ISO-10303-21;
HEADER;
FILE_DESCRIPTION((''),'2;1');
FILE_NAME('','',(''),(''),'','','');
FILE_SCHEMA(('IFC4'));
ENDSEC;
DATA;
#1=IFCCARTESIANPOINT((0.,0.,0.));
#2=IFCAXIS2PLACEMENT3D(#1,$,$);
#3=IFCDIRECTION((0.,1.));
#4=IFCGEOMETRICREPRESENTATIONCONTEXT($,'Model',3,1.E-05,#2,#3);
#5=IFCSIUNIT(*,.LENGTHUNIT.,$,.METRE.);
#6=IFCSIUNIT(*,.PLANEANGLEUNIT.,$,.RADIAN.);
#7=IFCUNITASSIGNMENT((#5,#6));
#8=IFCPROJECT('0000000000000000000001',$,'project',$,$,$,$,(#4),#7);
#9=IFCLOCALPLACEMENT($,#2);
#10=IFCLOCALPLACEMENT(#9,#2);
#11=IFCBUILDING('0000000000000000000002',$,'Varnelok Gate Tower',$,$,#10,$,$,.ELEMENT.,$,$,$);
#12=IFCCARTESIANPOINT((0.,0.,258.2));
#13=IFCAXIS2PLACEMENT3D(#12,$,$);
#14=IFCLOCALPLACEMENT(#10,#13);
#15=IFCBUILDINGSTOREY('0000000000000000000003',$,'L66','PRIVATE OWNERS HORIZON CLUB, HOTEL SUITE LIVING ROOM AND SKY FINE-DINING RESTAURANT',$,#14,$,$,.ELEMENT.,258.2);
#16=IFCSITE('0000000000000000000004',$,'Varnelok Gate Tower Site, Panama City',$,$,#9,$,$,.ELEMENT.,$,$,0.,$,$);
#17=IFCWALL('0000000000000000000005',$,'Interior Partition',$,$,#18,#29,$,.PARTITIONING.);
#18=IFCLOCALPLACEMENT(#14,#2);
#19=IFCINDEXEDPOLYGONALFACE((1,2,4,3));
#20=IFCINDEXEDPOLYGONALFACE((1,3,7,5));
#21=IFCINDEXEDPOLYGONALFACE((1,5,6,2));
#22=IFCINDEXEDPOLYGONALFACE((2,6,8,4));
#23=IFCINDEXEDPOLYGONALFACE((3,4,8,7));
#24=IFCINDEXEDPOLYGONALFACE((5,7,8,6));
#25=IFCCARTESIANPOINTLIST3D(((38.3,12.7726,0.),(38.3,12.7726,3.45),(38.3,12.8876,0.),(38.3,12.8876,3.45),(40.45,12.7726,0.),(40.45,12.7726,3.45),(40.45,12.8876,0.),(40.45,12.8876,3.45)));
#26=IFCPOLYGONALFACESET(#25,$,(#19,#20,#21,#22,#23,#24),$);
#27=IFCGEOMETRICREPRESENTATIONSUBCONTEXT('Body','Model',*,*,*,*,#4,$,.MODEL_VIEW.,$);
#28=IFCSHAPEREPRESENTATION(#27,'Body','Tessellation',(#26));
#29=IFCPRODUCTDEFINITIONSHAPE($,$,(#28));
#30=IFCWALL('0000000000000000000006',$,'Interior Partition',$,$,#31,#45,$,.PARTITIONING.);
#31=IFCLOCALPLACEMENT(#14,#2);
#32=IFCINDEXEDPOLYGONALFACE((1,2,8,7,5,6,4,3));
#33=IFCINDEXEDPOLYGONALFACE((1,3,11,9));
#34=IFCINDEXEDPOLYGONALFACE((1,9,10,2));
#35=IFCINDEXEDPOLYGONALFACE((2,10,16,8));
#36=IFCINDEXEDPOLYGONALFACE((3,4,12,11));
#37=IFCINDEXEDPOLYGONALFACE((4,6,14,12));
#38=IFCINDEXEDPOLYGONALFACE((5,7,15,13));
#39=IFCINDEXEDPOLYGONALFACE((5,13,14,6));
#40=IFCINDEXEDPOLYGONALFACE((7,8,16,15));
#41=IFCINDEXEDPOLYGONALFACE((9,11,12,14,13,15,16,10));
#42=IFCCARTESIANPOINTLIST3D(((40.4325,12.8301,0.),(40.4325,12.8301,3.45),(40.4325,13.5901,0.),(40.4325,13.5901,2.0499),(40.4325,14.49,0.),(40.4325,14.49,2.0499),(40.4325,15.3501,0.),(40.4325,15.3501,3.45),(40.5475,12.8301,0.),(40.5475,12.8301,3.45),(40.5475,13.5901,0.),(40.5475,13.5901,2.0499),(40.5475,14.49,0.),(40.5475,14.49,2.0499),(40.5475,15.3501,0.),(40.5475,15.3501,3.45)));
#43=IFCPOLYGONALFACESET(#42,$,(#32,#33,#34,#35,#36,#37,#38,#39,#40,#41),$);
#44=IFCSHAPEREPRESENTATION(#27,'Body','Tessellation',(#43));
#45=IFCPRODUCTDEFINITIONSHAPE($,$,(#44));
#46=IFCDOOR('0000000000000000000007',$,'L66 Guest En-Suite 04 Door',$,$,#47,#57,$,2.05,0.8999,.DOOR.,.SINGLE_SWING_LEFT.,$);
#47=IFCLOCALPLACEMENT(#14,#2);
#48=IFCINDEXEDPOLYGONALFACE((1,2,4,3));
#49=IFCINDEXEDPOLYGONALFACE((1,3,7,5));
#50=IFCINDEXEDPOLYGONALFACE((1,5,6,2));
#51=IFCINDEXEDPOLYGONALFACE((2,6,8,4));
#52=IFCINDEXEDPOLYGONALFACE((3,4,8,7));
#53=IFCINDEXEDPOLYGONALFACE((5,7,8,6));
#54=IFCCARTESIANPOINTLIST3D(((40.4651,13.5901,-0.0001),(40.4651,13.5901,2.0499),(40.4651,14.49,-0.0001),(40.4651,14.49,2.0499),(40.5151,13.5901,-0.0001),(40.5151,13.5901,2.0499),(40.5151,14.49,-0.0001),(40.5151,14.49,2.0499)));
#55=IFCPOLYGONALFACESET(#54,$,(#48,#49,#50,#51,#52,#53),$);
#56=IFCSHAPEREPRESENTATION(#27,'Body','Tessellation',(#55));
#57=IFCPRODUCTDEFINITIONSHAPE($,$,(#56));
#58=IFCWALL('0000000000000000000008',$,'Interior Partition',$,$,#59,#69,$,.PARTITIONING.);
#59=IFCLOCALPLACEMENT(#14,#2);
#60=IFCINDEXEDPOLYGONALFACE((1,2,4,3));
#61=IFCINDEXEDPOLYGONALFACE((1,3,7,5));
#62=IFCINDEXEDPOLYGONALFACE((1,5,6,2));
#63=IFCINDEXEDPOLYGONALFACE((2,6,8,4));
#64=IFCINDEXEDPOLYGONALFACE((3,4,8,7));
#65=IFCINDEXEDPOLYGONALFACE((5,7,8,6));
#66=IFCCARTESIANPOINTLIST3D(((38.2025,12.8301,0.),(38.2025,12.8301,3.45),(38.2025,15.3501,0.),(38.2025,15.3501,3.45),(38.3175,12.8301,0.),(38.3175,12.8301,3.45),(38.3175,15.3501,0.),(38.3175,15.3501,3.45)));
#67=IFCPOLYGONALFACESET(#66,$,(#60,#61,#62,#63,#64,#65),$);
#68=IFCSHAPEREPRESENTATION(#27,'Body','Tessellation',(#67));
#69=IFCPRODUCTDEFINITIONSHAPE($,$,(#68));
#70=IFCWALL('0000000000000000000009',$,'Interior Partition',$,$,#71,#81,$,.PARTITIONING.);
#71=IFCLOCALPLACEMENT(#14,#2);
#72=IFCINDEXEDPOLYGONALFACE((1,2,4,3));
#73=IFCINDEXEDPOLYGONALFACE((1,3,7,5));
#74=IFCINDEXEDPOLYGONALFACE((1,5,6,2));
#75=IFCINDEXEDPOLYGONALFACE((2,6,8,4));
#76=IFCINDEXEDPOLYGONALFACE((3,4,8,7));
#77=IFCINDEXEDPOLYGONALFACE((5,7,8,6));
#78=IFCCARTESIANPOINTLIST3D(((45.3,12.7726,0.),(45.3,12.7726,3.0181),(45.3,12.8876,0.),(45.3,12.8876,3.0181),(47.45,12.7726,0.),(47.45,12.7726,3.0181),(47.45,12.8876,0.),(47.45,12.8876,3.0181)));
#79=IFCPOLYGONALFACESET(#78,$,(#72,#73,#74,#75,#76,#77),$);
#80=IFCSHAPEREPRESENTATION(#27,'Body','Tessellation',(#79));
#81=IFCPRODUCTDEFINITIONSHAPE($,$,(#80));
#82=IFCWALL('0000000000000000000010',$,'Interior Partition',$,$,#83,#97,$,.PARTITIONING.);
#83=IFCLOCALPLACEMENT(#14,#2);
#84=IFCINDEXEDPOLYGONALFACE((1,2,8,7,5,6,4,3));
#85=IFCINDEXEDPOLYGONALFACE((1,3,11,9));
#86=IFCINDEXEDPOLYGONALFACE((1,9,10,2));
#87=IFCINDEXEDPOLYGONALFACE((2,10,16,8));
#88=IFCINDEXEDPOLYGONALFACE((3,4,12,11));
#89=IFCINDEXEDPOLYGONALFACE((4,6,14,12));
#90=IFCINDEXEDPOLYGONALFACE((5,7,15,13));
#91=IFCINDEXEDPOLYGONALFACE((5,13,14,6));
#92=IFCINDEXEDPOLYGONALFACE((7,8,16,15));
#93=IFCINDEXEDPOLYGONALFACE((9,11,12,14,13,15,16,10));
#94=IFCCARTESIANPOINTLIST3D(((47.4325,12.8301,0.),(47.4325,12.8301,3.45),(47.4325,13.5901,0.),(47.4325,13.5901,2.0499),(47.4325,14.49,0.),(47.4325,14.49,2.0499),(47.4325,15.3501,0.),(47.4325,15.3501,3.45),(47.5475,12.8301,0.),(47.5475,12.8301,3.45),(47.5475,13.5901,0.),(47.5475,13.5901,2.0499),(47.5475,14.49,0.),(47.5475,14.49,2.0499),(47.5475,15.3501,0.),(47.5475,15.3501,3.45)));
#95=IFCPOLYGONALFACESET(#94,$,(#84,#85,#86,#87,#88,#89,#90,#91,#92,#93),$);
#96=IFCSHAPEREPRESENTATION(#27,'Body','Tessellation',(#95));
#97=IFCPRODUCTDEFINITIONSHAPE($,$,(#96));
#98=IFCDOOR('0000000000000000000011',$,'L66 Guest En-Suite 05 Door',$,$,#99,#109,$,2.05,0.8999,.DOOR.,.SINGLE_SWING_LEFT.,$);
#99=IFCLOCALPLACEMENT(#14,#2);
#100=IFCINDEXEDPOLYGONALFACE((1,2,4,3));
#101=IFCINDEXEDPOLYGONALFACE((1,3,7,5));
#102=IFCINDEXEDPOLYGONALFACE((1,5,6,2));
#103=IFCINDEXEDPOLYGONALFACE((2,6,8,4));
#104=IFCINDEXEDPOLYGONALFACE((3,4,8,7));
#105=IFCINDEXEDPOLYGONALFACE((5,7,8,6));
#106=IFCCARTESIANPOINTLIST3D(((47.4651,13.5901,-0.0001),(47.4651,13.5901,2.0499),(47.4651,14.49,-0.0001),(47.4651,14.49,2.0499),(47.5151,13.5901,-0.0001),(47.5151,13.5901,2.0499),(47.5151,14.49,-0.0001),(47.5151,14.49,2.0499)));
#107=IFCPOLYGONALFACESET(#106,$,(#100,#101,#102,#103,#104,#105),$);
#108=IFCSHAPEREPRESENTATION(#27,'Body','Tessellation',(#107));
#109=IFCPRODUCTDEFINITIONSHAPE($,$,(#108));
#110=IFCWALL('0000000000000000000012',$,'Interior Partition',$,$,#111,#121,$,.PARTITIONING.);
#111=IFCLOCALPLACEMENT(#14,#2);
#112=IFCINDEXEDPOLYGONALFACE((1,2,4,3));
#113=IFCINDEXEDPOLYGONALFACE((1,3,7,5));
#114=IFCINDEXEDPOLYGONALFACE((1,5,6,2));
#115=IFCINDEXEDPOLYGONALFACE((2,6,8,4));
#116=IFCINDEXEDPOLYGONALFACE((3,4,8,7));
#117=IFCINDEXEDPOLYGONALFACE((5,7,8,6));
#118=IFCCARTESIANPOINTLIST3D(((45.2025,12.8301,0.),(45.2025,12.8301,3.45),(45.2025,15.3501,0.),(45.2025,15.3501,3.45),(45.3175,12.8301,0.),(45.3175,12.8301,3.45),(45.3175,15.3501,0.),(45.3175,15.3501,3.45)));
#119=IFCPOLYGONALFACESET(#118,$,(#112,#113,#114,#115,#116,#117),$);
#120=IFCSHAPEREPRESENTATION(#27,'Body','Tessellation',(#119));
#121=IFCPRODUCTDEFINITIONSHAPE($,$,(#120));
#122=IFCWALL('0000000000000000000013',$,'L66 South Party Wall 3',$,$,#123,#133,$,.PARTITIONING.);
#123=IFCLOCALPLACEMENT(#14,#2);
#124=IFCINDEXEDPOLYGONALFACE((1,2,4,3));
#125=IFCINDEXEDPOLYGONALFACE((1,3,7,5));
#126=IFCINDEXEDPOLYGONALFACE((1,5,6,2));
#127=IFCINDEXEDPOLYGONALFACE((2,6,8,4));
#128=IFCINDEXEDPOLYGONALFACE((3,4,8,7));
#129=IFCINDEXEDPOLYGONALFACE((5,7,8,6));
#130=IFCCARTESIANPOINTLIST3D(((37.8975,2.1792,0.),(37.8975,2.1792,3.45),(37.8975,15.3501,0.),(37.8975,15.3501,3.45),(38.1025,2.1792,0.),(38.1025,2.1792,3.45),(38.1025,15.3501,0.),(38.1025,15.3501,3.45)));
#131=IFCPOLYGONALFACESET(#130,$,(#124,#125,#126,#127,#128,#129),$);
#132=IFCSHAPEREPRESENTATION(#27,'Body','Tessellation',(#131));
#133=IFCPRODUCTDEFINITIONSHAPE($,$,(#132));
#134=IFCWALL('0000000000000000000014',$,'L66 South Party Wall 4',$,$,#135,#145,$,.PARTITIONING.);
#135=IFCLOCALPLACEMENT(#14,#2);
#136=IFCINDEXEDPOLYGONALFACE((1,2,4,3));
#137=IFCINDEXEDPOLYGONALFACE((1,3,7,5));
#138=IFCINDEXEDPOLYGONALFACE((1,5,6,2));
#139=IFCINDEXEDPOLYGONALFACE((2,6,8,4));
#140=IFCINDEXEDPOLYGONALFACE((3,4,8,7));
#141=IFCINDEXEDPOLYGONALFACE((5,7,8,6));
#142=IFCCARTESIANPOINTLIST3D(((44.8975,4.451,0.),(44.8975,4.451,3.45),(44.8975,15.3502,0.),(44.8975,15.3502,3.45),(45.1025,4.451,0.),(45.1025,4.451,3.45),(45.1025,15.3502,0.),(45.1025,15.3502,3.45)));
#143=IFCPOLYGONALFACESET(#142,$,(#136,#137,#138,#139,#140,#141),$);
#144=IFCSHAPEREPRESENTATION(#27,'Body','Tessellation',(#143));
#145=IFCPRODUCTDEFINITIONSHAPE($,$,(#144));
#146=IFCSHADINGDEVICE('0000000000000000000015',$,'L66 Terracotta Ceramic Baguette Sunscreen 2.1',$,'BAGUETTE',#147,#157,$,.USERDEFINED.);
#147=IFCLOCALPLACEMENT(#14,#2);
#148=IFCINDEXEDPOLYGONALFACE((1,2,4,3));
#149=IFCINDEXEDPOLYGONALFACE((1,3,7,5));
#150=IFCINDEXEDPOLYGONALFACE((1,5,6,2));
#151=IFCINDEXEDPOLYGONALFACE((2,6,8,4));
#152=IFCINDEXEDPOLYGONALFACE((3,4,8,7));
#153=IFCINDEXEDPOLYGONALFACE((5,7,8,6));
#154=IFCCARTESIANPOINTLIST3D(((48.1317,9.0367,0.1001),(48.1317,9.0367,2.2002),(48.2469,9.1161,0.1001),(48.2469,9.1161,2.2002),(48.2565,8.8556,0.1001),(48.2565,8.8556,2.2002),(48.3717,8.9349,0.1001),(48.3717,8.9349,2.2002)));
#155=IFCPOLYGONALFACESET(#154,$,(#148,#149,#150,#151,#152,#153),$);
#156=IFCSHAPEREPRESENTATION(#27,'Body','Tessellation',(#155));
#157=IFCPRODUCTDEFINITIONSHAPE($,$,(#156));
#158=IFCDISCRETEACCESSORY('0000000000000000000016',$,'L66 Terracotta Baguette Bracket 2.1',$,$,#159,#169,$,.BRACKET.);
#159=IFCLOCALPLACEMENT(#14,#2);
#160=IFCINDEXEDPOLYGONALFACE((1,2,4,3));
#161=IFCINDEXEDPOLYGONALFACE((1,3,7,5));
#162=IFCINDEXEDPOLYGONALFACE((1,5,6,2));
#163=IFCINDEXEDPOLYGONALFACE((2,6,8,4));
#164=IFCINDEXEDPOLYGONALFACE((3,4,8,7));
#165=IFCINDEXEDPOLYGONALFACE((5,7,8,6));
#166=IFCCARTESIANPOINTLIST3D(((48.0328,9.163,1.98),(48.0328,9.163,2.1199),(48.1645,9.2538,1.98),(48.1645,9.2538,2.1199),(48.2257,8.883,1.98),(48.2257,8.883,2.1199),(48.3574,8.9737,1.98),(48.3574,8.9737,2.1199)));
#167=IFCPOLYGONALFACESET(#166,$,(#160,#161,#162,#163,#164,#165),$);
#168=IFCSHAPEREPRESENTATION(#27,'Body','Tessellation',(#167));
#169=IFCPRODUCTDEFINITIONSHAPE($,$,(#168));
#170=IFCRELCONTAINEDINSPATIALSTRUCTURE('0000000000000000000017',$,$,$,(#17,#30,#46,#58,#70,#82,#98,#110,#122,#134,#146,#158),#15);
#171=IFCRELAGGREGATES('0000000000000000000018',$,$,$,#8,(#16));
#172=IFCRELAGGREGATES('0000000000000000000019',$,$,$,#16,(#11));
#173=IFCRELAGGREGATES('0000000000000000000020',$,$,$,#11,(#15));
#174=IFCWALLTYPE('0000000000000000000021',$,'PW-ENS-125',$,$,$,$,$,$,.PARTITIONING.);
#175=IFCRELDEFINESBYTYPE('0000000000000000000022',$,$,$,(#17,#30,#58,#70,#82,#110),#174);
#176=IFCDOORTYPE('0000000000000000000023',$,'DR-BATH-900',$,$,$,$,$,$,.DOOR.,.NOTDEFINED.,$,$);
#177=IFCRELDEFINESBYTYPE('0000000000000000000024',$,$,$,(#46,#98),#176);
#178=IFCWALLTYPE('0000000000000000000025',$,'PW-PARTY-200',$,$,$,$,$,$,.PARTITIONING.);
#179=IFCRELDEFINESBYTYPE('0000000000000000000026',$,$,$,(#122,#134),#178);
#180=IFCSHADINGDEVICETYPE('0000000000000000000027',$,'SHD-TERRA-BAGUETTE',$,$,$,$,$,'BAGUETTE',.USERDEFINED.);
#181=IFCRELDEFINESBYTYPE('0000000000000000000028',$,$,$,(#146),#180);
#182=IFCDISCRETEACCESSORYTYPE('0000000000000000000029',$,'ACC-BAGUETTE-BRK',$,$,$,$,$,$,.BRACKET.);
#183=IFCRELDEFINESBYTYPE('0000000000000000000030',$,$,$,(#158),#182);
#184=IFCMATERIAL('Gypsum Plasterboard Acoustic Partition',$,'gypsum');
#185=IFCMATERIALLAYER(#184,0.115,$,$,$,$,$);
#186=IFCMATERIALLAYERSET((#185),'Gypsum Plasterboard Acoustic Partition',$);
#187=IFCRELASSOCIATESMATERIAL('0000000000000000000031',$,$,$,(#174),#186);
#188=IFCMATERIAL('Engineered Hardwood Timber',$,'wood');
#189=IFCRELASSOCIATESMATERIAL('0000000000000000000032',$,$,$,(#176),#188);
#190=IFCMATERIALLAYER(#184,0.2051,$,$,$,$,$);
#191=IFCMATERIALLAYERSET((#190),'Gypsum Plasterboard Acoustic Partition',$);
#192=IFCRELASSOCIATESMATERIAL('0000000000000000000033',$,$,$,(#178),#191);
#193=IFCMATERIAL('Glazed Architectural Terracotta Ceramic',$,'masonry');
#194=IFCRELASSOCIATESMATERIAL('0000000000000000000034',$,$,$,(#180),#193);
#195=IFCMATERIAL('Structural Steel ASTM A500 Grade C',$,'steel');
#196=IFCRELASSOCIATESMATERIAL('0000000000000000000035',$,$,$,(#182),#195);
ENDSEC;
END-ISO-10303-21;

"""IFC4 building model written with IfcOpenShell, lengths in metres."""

from ifc_helpers import new_model, si_unit, direction, frame, frame_2d, origin, origin_2d, place, context, subcontext, project, spatial, rectangle, extrude, source, transform, mapped, material, layer, layer_set, type_object, element, fill, save


model = new_model("IFC4")

# Units and contexts
model_context = context("Model", 3, precision=1e-05, world=origin(), true_north=direction((0.0, 1.0)))
body_context = subcontext(model_context, "Body", "Model", "MODEL_VIEW")
ifc_project = project(units=[si_unit("LENGTHUNIT", "METRE"), si_unit("PLANEANGLEUNIT", "RADIAN")], contexts=[model_context])

# Site, building, storey
site_placement = place(None, origin())
site = spatial("IfcSite", under=ifc_project, at=site_placement, Name="Varnelok Gate Tower Site, Panama City", CompositionType="ELEMENT", RefElevation=0.0)
building_placement = place(site_placement, origin())
building = spatial("IfcBuilding", under=site, at=building_placement, Name="Varnelok Gate Tower", CompositionType="ELEMENT")
storey_placement = place(building_placement, frame((0.0, 0.0, 258.2)))
storey = spatial("IfcBuildingStorey", under=building, at=storey_placement, Name="L66", Description="PRIVATE OWNERS HORIZON CLUB, HOTEL SUITE LIVING ROOM AND SKY FINE-DINING RESTAURANT", CompositionType="ELEMENT", Elevation=258.2)

# Shared definitions
ifc_material_1 = material(Name="Gypsum Plasterboard Acoustic Partition", Category="gypsum")
ifc_material_2 = material(Name="Engineered Hardwood Timber", Category="wood")

# Wall
ifc_layer_1 = layer(ifc_material_1, 0.115)
ifc_layer_set_1 = layer_set([ifc_layer_1], Name="Gypsum Plasterboard Acoustic Partition")
wall_type_1 = type_object("IfcWallType", Name="PW-ENS-125", PredefinedType="PARTITIONING", material=ifc_layer_set_1)
wall_1_placement = place(storey_placement, frame((38.3, 12.8301, 0.0), z_axis=(0.0, 0.0, 1.0), x_axis=(1.0, 0.0, 0.0)))
element("IfcWall", 1, at=wall_1_placement, inside=storey, type_object=wall_type_1, Name="Interior Partition", PredefinedType="PARTITIONING", context=body_context, shape_type="SweptSolid", body=[
    extrude(rectangle(XDim=2.1499, YDim=0.115, at=frame_2d((1.075, 0.0))), origin(), (0.0, 0.0, 1.0), 3.45),
])

# Wall, opening, door
wall_2_placement = place(storey_placement, frame((40.49, 12.8301, 0.0), z_axis=(0.0, 0.0, 1.0), x_axis=(0.0, 1.0, 0.0)))
wall_2 = element("IfcWall", 2, at=wall_2_placement, inside=storey, type_object=wall_type_1, Name="Interior Partition", PredefinedType="PARTITIONING", context=body_context, shape_type="SweptSolid", body=[
    extrude(rectangle(XDim=2.52, YDim=0.115, at=frame_2d((1.26, 0.0))), origin(), (0.0, 0.0, 1.0), 3.45),
])
opening_1_placement = place(wall_2_placement, frame((0.76, 0.0, 0.0)))
opening_1 = element("IfcOpeningElement", 3, at=opening_1_placement, cuts=wall_2, PredefinedType="OPENING", context=body_context, shape_type="SweptSolid", body=[
    extrude(rectangle(XDim=0.8999, YDim=2.05, at=frame_2d((0.45, 1.0249))), frame((0.0, 0.0674, 0.0), z_axis=(0.0, -1.0, 0.0), x_axis=(1.0, 0.0, 0.0)), (0.0, 0.0, 1.0), 0.135),
])
door_type_1 = type_object("IfcDoorType", Name="DR-BATH-900", OperationType="NOTDEFINED", PredefinedType="DOOR", material=ifc_material_2)
door_1_placement = place(opening_1_placement, origin())
door_1 = element("IfcDoor", 4, at=door_1_placement, inside=storey, type_object=door_type_1, Name="L66 Guest En-Suite 04 Door", OperationType="SINGLE_SWING_LEFT", OverallHeight=2.05, OverallWidth=0.8999, PredefinedType="DOOR", context=body_context, shape_type="SweptSolid", body=[
    extrude(rectangle(XDim=0.8999, YDim=2.05, at=frame_2d((0.45, 1.0249))), frame((0.0, 0.0249, 0.0), z_axis=(0.0, -1.0, 0.0), x_axis=(1.0, 0.0, 0.0)), (0.0, 0.0, 1.0), 0.05),
])
fill(opening_1, door_1)

# Walls
wall_3_placement = place(storey_placement, frame((38.26, 12.8301, 0.0), z_axis=(0.0, 0.0, 1.0), x_axis=(0.0, 1.0, 0.0)))
element("IfcWall", 5, at=wall_3_placement, inside=storey, type_object=wall_type_1, Name="Interior Partition", PredefinedType="PARTITIONING", context=body_context, shape_type="SweptSolid", body=[
    extrude(rectangle(XDim=2.52, YDim=0.115, at=frame_2d((1.26, 0.0))), origin(), (0.0, 0.0, 1.0), 3.45),
])
wall_4_placement = place(storey_placement, frame((45.3, 12.8301, 0.0), z_axis=(0.0, 0.0, 1.0), x_axis=(1.0, 0.0, 0.0)))
element("IfcWall", 6, at=wall_4_placement, inside=storey, type_object=wall_type_1, Name="Interior Partition", PredefinedType="PARTITIONING", context=body_context, shape_type="SweptSolid", body=[
    extrude(rectangle(XDim=2.1499, YDim=0.115, at=frame_2d((1.075, 0.0))), origin(), (0.0, 0.0, 1.0), 3.0181),
])

# Wall, opening, door
wall_5_placement = place(storey_placement, frame((47.49, 12.8301, 0.0), z_axis=(0.0, 0.0, 1.0), x_axis=(0.0, 1.0, 0.0)))
wall_5 = element("IfcWall", 7, at=wall_5_placement, inside=storey, type_object=wall_type_1, Name="Interior Partition", PredefinedType="PARTITIONING", context=body_context, shape_type="SweptSolid", body=[
    extrude(rectangle(XDim=2.52, YDim=0.115, at=frame_2d((1.26, 0.0))), origin(), (0.0, 0.0, 1.0), 3.45),
])
opening_2_placement = place(wall_5_placement, frame((0.76, 0.0, 0.0)))
opening_2 = element("IfcOpeningElement", 8, at=opening_2_placement, cuts=wall_5, PredefinedType="OPENING", context=body_context, shape_type="SweptSolid", body=[
    extrude(rectangle(XDim=0.8999, YDim=2.05, at=frame_2d((0.45, 1.0249))), frame((0.0, 0.0674, 0.0), z_axis=(0.0, -1.0, 0.0), x_axis=(1.0, 0.0, 0.0)), (0.0, 0.0, 1.0), 0.135),
])
door_2_placement = place(opening_2_placement, origin())
door_2 = element("IfcDoor", 9, at=door_2_placement, inside=storey, type_object=door_type_1, Name="L66 Guest En-Suite 05 Door", OperationType="SINGLE_SWING_LEFT", OverallHeight=2.05, OverallWidth=0.8999, PredefinedType="DOOR", context=body_context, shape_type="SweptSolid", body=[
    extrude(rectangle(XDim=0.8999, YDim=2.05, at=frame_2d((0.45, 1.0249))), frame((0.0, 0.0249, 0.0), z_axis=(0.0, -1.0, 0.0), x_axis=(1.0, 0.0, 0.0)), (0.0, 0.0, 1.0), 0.05),
])
fill(opening_2, door_2)

# Walls
wall_6_placement = place(storey_placement, frame((45.26, 12.8301, 0.0), z_axis=(0.0, 0.0, 1.0), x_axis=(0.0, 1.0, 0.0)))
element("IfcWall", 10, at=wall_6_placement, inside=storey, type_object=wall_type_1, Name="Interior Partition", PredefinedType="PARTITIONING", context=body_context, shape_type="SweptSolid", body=[
    extrude(rectangle(XDim=2.52, YDim=0.115, at=frame_2d((1.26, 0.0))), origin(), (0.0, 0.0, 1.0), 3.45),
])
ifc_layer_2 = layer(ifc_material_1, 0.2051)
ifc_layer_set_2 = layer_set([ifc_layer_2], Name="Gypsum Plasterboard Acoustic Partition")
wall_type_2 = type_object("IfcWallType", Name="PW-PARTY-200", PredefinedType="PARTITIONING", material=ifc_layer_set_2)
wall_7_placement = place(storey_placement, frame((38.0, 2.1792, 0.0), z_axis=(0.0, 0.0, 1.0), x_axis=(0.0, 1.0, 0.0)))
element("IfcWall", 11, at=wall_7_placement, inside=storey, type_object=wall_type_2, Name="L66 South Party Wall 3", PredefinedType="PARTITIONING", context=body_context, shape_type="SweptSolid", body=[
    extrude(rectangle(XDim=13.1709, YDim=0.2051, at=frame_2d((6.5854, 0.0))), origin(), (0.0, 0.0, 1.0), 3.45),
])
wall_8_placement = place(storey_placement, frame((45.0, 4.4509, 0.0), z_axis=(0.0, 0.0, 1.0), x_axis=(0.0, 1.0, 0.0)))
element("IfcWall", 12, at=wall_8_placement, inside=storey, type_object=wall_type_2, Name="L66 South Party Wall 4", PredefinedType="PARTITIONING", context=body_context, shape_type="SweptSolid", body=[
    extrude(rectangle(XDim=10.8992, YDim=0.2051, at=frame_2d((5.4497, 0.0))), origin(), (0.0, 0.0, 1.0), 3.45),
])

# Shading device
ifc_material_3 = material(Name="Glazed Architectural Terracotta Ceramic", Category="masonry")
shading_device_type = type_object("IfcShadingDeviceType", Name="SHD-TERRA-BAGUETTE", ElementType="BAGUETTE", PredefinedType="USERDEFINED", material=ifc_material_3)
shared_shape_1 = source(origin(), body_context, "Body", "SweptSolid", [
    extrude(rectangle(XDim=0.1399, YDim=0.22, at=origin_2d()), origin(), (0.0, 0.0, 1.0), 2.1001),
])
shading_device_placement = place(storey_placement, frame((48.2517, 8.9858, 0.1001), z_axis=(0.0, 0.0, 1.0), x_axis=(0.823533, 0.567269, 0.0)))
element("IfcShadingDevice", 13, at=shading_device_placement, inside=storey, type_object=shading_device_type, Name="L66 Terracotta Ceramic Baguette Sunscreen 2.1", ObjectType="BAGUETTE", PredefinedType="USERDEFINED", context=body_context, shape_type="MappedRepresentation", body=[
    mapped(shared_shape_1, transform((0.0, 0.0, 0.0), scale=1.0)),
])

# Discrete accessory
ifc_material_4 = material(Name="Structural Steel ASTM A500 Grade C", Category="steel")
discrete_accessory_type = type_object("IfcDiscreteAccessoryType", Name="ACC-BAGUETTE-BRK", PredefinedType="BRACKET", material=ifc_material_4)
shared_shape_2 = source(origin(), body_context, "Body", "SweptSolid", [
    extrude(rectangle(XDim=0.1599, YDim=0.3401, at=origin_2d()), origin(), (0.0, 0.0, 1.0), 0.1399),
])
discrete_accessory_placement = place(storey_placement, frame((48.1951, 9.0684, 1.98), z_axis=(0.0, 0.0, 1.0), x_axis=(0.823533, 0.567269, 0.0)))
element("IfcDiscreteAccessory", 14, at=discrete_accessory_placement, inside=storey, type_object=discrete_accessory_type, Name="L66 Terracotta Baguette Bracket 2.1", PredefinedType="BRACKET", context=body_context, shape_type="MappedRepresentation", body=[
    mapped(shared_shape_2, transform((0.0, 0.0, 0.0), scale=1.0)),
])

save(model, "model.ifc")
